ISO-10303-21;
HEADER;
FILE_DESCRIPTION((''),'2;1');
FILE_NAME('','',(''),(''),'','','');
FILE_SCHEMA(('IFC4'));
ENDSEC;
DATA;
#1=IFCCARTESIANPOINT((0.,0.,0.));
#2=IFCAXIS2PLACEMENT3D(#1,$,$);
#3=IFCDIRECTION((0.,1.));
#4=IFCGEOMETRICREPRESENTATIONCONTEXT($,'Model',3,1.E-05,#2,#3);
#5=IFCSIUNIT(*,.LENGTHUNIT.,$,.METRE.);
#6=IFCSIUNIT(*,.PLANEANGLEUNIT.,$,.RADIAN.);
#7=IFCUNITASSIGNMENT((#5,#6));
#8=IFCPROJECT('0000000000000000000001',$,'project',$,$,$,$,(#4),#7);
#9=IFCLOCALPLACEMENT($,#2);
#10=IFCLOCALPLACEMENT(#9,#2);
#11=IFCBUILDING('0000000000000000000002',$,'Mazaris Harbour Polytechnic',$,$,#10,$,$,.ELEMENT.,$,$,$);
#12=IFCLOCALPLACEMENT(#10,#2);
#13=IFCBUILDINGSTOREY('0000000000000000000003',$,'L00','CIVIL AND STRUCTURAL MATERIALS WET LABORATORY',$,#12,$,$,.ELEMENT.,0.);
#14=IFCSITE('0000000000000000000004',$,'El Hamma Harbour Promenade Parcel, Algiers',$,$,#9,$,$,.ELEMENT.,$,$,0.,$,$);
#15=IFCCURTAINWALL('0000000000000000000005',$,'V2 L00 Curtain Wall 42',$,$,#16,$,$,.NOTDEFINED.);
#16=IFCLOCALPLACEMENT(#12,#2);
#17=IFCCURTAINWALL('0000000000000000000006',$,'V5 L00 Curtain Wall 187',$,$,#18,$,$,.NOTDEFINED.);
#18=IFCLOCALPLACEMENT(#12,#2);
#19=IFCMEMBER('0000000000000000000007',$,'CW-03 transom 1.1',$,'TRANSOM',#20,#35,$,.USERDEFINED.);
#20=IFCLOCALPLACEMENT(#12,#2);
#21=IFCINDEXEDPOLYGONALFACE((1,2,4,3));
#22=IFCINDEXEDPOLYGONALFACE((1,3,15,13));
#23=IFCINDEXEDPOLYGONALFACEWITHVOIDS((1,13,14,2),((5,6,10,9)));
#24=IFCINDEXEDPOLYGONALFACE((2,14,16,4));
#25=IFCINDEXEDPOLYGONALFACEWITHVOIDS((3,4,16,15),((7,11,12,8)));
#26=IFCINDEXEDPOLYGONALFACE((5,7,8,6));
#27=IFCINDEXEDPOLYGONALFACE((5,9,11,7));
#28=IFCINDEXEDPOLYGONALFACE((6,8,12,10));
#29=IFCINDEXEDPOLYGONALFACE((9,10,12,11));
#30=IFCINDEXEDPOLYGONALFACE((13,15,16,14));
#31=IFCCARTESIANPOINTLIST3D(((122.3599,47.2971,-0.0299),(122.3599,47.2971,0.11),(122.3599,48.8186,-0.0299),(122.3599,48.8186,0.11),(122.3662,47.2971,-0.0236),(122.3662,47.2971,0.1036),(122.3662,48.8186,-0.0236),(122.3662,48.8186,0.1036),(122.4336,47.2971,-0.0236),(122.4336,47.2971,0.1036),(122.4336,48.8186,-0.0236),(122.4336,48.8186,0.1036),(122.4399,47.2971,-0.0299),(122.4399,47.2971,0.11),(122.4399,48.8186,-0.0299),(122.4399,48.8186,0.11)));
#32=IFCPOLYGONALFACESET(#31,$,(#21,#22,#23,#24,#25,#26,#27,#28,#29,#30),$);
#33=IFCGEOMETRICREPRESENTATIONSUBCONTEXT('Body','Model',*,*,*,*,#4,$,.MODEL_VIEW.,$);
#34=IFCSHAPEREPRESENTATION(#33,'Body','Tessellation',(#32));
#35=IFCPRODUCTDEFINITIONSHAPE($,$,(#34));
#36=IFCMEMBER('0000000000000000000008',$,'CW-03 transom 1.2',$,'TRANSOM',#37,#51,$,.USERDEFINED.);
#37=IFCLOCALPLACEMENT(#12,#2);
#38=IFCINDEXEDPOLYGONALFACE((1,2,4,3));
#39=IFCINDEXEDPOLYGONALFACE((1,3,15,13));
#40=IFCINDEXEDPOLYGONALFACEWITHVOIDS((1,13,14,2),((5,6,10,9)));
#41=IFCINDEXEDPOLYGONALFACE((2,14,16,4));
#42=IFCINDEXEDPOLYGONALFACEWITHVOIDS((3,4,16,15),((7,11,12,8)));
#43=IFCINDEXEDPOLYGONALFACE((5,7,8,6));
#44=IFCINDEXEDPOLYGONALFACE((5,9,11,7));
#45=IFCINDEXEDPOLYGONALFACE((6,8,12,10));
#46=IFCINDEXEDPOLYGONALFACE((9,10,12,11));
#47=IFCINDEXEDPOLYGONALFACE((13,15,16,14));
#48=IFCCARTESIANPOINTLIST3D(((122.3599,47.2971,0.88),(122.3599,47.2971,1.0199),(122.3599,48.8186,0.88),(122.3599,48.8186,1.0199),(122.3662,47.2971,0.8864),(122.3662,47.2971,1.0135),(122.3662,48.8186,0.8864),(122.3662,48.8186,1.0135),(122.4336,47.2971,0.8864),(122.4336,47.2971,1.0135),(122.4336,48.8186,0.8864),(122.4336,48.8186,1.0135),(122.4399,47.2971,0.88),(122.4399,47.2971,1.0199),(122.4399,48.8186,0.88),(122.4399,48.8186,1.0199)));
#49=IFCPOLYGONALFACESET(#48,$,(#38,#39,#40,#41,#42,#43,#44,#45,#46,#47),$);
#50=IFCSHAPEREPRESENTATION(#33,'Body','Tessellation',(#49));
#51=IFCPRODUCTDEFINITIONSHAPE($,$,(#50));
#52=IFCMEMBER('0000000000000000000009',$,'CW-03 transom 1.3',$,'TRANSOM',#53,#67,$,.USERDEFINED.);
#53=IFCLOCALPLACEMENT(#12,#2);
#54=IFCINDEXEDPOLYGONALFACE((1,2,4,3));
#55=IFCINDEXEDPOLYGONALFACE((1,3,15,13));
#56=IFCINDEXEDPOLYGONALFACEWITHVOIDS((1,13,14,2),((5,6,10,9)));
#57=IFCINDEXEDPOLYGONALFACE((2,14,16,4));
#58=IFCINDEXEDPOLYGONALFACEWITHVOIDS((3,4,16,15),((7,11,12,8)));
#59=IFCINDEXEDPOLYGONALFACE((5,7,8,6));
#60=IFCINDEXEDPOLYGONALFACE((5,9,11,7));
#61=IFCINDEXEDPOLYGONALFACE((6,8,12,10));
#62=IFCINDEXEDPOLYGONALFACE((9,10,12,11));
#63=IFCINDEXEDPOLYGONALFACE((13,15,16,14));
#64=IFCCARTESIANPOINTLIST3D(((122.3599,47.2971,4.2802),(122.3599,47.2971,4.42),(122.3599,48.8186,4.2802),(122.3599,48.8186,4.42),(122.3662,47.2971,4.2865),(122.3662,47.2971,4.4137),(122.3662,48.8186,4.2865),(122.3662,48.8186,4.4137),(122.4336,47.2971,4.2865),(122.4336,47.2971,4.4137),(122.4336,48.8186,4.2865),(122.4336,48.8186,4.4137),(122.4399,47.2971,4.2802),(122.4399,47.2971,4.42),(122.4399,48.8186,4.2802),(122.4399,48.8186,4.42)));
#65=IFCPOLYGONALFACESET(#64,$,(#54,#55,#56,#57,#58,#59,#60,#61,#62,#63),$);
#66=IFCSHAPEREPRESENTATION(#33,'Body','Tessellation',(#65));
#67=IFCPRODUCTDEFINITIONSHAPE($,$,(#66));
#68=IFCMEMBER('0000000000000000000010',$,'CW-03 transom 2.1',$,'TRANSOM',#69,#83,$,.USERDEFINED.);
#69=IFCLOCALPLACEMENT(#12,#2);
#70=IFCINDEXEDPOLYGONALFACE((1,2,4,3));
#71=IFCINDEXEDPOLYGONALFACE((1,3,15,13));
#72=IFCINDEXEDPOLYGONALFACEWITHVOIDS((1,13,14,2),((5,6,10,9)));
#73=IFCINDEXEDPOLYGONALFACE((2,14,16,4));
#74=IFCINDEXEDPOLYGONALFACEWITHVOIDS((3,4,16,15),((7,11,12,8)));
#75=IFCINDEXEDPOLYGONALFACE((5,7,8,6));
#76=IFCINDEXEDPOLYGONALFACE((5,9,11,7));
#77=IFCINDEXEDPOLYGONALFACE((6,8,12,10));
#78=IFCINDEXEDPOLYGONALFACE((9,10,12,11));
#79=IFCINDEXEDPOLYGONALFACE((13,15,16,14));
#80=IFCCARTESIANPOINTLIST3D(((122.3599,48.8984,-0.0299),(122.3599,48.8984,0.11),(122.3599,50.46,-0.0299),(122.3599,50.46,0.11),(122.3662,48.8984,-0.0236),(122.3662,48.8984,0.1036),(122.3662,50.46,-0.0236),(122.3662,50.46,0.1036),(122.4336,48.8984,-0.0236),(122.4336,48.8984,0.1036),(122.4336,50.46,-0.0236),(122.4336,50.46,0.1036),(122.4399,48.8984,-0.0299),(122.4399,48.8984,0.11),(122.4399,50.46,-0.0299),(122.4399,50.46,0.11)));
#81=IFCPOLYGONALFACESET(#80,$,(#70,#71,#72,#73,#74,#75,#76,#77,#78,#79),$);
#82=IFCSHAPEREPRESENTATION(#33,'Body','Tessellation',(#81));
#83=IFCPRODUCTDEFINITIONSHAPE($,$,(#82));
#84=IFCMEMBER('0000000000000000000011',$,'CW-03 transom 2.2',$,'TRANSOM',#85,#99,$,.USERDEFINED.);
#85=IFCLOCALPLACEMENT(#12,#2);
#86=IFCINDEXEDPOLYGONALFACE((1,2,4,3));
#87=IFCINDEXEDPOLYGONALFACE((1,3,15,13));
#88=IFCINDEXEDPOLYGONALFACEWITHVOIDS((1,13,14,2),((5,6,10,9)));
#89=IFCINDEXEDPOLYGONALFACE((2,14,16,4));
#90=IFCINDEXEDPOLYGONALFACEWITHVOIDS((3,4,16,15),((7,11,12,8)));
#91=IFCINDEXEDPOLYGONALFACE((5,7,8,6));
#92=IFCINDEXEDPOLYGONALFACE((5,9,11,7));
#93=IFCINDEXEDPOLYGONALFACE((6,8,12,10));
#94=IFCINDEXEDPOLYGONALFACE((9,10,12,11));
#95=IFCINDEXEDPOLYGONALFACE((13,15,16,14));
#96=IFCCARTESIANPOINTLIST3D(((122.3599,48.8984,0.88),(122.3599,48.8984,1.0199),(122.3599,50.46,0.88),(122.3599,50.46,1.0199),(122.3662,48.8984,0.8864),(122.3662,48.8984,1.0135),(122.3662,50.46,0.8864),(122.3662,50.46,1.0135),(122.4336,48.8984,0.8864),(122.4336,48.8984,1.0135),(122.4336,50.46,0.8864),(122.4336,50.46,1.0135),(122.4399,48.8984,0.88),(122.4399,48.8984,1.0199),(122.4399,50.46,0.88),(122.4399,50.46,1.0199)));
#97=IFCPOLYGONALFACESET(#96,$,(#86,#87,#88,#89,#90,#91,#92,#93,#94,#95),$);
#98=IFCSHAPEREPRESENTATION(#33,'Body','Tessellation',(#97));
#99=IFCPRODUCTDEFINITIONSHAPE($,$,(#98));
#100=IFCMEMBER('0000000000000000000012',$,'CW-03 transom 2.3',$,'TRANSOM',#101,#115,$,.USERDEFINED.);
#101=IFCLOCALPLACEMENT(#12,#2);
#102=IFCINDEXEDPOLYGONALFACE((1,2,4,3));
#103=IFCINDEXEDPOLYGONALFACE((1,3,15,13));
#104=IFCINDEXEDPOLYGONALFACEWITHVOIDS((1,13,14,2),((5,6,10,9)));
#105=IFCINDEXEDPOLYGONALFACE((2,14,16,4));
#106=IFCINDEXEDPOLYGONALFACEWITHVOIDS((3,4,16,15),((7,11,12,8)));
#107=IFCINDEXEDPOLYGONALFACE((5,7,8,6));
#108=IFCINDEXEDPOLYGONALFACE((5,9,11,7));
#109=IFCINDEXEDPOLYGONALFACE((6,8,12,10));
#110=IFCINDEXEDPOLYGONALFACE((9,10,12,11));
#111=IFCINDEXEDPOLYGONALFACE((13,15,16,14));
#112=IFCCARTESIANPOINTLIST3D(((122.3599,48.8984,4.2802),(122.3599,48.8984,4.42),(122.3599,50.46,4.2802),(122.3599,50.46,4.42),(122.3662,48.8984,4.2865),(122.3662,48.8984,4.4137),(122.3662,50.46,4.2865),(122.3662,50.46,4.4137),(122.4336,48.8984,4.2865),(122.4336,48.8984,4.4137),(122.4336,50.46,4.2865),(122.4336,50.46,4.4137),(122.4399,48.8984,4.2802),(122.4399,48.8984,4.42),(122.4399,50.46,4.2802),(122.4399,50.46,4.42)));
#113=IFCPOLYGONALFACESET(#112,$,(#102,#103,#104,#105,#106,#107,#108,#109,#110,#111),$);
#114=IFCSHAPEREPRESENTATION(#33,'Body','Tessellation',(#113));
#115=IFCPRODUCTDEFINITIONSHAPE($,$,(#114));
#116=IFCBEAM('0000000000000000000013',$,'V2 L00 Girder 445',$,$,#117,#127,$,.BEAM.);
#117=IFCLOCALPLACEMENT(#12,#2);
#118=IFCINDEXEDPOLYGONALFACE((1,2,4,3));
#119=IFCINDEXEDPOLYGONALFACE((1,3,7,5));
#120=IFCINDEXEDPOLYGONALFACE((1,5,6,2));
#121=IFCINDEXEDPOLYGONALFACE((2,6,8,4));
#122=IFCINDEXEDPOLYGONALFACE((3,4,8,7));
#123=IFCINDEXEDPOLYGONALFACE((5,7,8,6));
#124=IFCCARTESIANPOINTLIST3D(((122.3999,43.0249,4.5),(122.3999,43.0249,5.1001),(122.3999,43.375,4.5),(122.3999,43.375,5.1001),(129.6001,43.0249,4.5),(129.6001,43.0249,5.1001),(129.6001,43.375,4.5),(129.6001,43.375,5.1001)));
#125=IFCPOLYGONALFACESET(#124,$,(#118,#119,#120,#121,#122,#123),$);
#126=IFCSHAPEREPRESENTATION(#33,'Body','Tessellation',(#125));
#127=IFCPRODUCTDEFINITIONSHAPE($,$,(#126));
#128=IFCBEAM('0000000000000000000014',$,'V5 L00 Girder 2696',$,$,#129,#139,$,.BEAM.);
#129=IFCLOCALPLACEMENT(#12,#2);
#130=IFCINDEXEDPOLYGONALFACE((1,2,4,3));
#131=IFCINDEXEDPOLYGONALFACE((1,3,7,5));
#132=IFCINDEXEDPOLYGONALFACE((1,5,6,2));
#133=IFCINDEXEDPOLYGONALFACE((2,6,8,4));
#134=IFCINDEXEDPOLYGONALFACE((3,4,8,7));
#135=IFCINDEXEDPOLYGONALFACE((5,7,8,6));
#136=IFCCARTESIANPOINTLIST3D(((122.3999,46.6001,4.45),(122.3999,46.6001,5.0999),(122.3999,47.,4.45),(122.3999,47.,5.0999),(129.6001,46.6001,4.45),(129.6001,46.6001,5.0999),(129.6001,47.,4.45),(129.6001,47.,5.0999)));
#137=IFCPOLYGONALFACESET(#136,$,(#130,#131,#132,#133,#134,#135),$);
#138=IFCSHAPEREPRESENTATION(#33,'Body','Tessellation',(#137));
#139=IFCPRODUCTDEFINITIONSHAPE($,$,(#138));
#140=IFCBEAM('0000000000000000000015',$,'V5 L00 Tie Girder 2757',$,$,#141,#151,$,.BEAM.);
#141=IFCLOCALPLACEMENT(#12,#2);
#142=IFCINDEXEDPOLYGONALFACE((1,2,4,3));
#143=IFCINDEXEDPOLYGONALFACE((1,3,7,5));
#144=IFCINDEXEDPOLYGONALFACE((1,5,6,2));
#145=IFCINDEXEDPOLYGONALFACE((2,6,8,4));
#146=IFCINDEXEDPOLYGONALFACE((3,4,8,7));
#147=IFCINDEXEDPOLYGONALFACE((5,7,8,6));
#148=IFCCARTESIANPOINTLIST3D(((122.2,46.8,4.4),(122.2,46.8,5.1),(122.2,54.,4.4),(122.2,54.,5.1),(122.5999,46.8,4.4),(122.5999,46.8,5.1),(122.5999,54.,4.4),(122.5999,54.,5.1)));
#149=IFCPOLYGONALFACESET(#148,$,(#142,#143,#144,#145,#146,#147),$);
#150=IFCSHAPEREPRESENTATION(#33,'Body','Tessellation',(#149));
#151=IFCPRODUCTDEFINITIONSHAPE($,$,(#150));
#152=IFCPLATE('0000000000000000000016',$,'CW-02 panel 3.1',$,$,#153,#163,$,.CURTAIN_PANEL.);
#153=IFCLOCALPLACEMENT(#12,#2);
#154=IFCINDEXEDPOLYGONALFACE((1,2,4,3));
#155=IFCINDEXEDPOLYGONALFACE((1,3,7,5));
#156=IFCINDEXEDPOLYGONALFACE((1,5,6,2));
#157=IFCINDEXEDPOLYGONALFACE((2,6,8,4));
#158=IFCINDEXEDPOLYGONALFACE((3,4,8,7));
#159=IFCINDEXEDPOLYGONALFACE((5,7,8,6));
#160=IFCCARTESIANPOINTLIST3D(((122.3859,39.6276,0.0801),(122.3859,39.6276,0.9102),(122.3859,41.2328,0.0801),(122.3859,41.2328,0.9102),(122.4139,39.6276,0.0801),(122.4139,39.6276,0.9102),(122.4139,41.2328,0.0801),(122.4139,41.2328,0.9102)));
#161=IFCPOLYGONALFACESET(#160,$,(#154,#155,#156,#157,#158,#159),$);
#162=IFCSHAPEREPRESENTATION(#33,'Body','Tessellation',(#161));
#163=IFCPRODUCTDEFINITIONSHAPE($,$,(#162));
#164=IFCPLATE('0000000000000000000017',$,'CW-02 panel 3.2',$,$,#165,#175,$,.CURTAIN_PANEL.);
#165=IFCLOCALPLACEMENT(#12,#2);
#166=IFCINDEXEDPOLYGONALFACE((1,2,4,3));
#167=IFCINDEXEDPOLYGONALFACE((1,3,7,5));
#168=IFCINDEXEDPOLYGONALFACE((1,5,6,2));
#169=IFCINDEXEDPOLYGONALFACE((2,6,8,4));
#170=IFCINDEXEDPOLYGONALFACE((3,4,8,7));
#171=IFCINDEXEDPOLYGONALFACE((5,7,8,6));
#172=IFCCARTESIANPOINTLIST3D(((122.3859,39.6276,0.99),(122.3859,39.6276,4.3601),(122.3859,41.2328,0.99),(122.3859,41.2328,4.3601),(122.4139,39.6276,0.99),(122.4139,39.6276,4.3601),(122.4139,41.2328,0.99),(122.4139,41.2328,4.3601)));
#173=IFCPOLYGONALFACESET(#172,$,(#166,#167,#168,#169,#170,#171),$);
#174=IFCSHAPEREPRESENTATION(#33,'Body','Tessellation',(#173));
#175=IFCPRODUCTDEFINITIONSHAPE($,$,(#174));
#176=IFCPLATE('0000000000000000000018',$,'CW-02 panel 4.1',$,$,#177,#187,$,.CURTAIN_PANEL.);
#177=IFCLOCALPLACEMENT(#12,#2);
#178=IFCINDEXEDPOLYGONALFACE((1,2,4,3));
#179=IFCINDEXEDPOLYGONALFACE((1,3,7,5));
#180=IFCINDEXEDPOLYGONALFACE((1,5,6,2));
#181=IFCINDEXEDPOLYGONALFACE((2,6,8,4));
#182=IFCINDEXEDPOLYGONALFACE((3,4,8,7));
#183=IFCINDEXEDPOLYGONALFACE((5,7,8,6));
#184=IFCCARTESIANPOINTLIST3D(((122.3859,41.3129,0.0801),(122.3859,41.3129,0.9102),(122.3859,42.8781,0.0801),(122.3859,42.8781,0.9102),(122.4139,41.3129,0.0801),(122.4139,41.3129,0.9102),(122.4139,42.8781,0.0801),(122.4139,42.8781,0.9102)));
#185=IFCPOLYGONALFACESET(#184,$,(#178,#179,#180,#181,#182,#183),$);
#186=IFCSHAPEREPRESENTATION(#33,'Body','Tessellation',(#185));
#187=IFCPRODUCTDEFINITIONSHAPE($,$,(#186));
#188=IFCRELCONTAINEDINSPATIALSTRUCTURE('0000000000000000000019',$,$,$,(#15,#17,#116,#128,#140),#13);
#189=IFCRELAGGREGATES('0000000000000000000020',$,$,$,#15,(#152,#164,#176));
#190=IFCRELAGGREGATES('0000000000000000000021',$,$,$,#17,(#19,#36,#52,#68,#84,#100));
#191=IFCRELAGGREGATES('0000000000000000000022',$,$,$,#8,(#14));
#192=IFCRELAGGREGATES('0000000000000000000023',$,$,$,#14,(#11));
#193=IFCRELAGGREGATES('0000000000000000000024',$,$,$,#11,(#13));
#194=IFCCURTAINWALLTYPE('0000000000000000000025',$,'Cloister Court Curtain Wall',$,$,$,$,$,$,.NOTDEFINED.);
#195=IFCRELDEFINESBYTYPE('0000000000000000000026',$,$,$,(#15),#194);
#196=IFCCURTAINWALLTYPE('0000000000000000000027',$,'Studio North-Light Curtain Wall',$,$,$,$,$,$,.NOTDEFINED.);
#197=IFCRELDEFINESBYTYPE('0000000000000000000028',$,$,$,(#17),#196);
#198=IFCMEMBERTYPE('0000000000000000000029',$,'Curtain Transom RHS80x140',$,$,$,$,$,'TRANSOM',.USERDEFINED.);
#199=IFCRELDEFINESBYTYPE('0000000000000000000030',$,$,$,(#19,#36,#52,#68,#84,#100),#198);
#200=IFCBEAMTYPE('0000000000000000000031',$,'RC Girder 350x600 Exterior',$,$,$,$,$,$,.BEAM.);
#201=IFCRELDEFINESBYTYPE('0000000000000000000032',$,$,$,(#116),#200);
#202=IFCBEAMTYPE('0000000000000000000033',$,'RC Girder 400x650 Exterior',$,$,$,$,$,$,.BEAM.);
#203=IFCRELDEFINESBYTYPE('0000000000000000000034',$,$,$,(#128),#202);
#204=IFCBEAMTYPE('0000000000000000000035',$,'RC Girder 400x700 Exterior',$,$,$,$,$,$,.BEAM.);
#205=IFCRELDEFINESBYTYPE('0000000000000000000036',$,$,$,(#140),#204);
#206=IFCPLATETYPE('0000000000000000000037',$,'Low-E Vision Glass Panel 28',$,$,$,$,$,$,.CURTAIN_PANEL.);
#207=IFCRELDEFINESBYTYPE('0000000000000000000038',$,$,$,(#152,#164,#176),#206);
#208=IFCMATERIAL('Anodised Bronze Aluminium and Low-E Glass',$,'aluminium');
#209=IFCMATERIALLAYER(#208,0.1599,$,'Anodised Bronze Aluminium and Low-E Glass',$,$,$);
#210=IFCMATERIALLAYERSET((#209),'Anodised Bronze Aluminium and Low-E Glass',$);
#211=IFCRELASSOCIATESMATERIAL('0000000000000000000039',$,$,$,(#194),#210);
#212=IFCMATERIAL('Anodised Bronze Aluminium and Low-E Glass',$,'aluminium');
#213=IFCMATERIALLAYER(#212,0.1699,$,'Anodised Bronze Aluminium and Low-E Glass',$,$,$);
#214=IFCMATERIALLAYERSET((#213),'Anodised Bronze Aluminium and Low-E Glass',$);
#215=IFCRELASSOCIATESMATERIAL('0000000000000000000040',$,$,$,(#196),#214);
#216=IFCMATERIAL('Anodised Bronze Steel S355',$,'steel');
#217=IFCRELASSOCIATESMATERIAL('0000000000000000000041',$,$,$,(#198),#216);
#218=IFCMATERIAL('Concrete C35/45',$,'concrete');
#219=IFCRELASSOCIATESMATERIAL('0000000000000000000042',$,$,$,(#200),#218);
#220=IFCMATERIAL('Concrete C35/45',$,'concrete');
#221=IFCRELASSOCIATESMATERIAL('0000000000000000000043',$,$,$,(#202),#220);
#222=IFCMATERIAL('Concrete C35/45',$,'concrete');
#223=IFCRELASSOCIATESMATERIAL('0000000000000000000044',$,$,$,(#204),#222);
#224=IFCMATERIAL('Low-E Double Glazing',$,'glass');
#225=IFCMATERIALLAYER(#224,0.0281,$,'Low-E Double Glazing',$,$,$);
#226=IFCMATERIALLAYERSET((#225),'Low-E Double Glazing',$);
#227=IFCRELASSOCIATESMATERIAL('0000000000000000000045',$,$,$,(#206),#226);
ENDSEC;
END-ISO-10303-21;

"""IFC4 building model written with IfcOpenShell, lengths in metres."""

from ifc_helpers import new_model, si_unit, direction, frame, origin, origin_2d, place, context, subcontext, project, spatial, rectangle, hollow_rectangle, extrude, material, layer, layer_set, material_profile, profile_set, type_object, element, aggregate, save


model = new_model("IFC4")

# Units and contexts
model_context = context("Model", 3, precision=1e-05, world=origin(), true_north=direction((0.0, 1.0)))
body_context = subcontext(model_context, "Body", "Model", "MODEL_VIEW")
ifc_project = project(units=[si_unit("LENGTHUNIT", "METRE"), si_unit("PLANEANGLEUNIT", "RADIAN")], contexts=[model_context])

# Site, building, storey
site_placement = place(None, origin())
site = spatial("IfcSite", under=ifc_project, at=site_placement, Name="El Hamma Harbour Promenade Parcel, Algiers", CompositionType="ELEMENT", RefElevation=0.0)
building_placement = place(site_placement, origin())
building = spatial("IfcBuilding", under=site, at=building_placement, Name="Mazaris Harbour Polytechnic", CompositionType="ELEMENT")
storey_placement = place(building_placement, origin())
storey = spatial("IfcBuildingStorey", under=building, at=storey_placement, Name="L00", Description="CIVIL AND STRUCTURAL MATERIALS WET LABORATORY", CompositionType="ELEMENT", Elevation=0.0)

# Curtain walls
ifc_material_1 = material(Name="Anodised Bronze Aluminium and Low-E Glass", Category="aluminium")
ifc_layer_1 = layer(ifc_material_1, 0.1599, Name="Anodised Bronze Aluminium and Low-E Glass")
ifc_layer_set_1 = layer_set([ifc_layer_1], Name="Anodised Bronze Aluminium and Low-E Glass")
curtain_wall_type_1 = type_object("IfcCurtainWallType", Name="Cloister Court Curtain Wall", PredefinedType="NOTDEFINED", material=ifc_layer_set_1)
curtain_wall_1_placement = place(storey_placement, origin())
curtain_wall_1 = element("IfcCurtainWall", 1, at=curtain_wall_1_placement, inside=storey, type_object=curtain_wall_type_1, Name="V2 L00 Curtain Wall 42", PredefinedType="NOTDEFINED")
ifc_material_2 = material(Name="Anodised Bronze Aluminium and Low-E Glass", Category="aluminium")
ifc_layer_2 = layer(ifc_material_2, 0.1699, Name="Anodised Bronze Aluminium and Low-E Glass")
ifc_layer_set_2 = layer_set([ifc_layer_2], Name="Anodised Bronze Aluminium and Low-E Glass")
curtain_wall_type_2 = type_object("IfcCurtainWallType", Name="Studio North-Light Curtain Wall", PredefinedType="NOTDEFINED", material=ifc_layer_set_2)
curtain_wall_2_placement = place(storey_placement, origin())
curtain_wall_2 = element("IfcCurtainWall", 2, at=curtain_wall_2_placement, inside=storey, type_object=curtain_wall_type_2, Name="V5 L00 Curtain Wall 187", PredefinedType="NOTDEFINED")

# Members
ifc_material_3 = material(Name="Anodised Bronze Steel S355", Category="steel")
ifc_material_profile_1 = material_profile(ifc_material_3, hollow_rectangle(XDim=0.0801, YDim=0.1399, WallThickness=0.0063, at=origin_2d()), Name="RHS 80x140x6.3")
ifc_profile_set_1 = profile_set([ifc_material_profile_1], Name="Anodised Bronze Steel S355")
member_type_1 = type_object("IfcMemberType", Name="Curtain Transom RHS80x140", ElementType="TRANSOM", PredefinedType="USERDEFINED", material=ifc_profile_set_1)
member_1_placement = place(storey_placement, frame((122.3999, 47.2971, 0.04), z_axis=(0.0, 1.0, 0.0), x_axis=(-1.0, 0.0, 0.0)))
member_1 = element("IfcMember", 3, at=member_1_placement, type_object=member_type_1, Name="CW-03 transom 1.1", ObjectType="TRANSOM", PredefinedType="USERDEFINED", context=body_context, shape_type="SweptSolid", body=[
    extrude(hollow_rectangle(XDim=0.0801, YDim=0.1399, WallThickness=0.0063, at=origin_2d()), origin(), (0.0, 0.0, 1.0), 1.5215),
])
member_2_placement = place(storey_placement, frame((122.3999, 47.2971, 0.95), z_axis=(0.0, 1.0, 0.0), x_axis=(-1.0, 0.0, 0.0)))
member_2 = element("IfcMember", 4, at=member_2_placement, type_object=member_type_1, Name="CW-03 transom 1.2", ObjectType="TRANSOM", PredefinedType="USERDEFINED", context=body_context, shape_type="SweptSolid", body=[
    extrude(hollow_rectangle(XDim=0.0801, YDim=0.1399, WallThickness=0.0063, at=origin_2d()), origin(), (0.0, 0.0, 1.0), 1.5215),
])
member_3_placement = place(storey_placement, frame((122.3999, 47.2971, 4.3501), z_axis=(0.0, 1.0, 0.0), x_axis=(-1.0, 0.0, 0.0)))
member_3 = element("IfcMember", 5, at=member_3_placement, type_object=member_type_1, Name="CW-03 transom 1.3", ObjectType="TRANSOM", PredefinedType="USERDEFINED", context=body_context, shape_type="SweptSolid", body=[
    extrude(hollow_rectangle(XDim=0.0801, YDim=0.1399, WallThickness=0.0063, at=origin_2d()), origin(), (0.0, 0.0, 1.0), 1.5215),
])
member_4_placement = place(storey_placement, frame((122.3999, 48.8984, 0.04), z_axis=(0.0, 1.0, 0.0), x_axis=(-1.0, 0.0, 0.0)))
member_4 = element("IfcMember", 6, at=member_4_placement, type_object=member_type_1, Name="CW-03 transom 2.1", ObjectType="TRANSOM", PredefinedType="USERDEFINED", context=body_context, shape_type="SweptSolid", body=[
    extrude(hollow_rectangle(XDim=0.0801, YDim=0.1399, WallThickness=0.0063, at=origin_2d()), origin(), (0.0, 0.0, 1.0), 1.5615),
])
member_5_placement = place(storey_placement, frame((122.3999, 48.8984, 0.95), z_axis=(0.0, 1.0, 0.0), x_axis=(-1.0, 0.0, 0.0)))
member_5 = element("IfcMember", 7, at=member_5_placement, type_object=member_type_1, Name="CW-03 transom 2.2", ObjectType="TRANSOM", PredefinedType="USERDEFINED", context=body_context, shape_type="SweptSolid", body=[
    extrude(hollow_rectangle(XDim=0.0801, YDim=0.1399, WallThickness=0.0063, at=origin_2d()), origin(), (0.0, 0.0, 1.0), 1.5615),
])
member_6_placement = place(storey_placement, frame((122.3999, 48.8984, 4.3501), z_axis=(0.0, 1.0, 0.0), x_axis=(-1.0, 0.0, 0.0)))
member_6 = element("IfcMember", 8, at=member_6_placement, type_object=member_type_1, Name="CW-03 transom 2.3", ObjectType="TRANSOM", PredefinedType="USERDEFINED", context=body_context, shape_type="SweptSolid", body=[
    extrude(hollow_rectangle(XDim=0.0801, YDim=0.1399, WallThickness=0.0063, at=origin_2d()), origin(), (0.0, 0.0, 1.0), 1.5615),
])

# Beams
ifc_material_4 = material(Name="Concrete C35/45", Category="concrete")
ifc_material_profile_2 = material_profile(ifc_material_4, rectangle(XDim=0.3501, YDim=0.6001, at=origin_2d()), Name="RECT350x600")
ifc_profile_set_2 = profile_set([ifc_material_profile_2], Name="Concrete C35/45")
beam_type_1 = type_object("IfcBeamType", Name="RC Girder 350x600 Exterior", PredefinedType="BEAM", material=ifc_profile_set_2)
beam_1_placement = place(storey_placement, frame((122.3999, 43.2, 4.8), z_axis=(1.0, 0.0, 0.0), x_axis=(0.0, 1.0, 0.0)))
element("IfcBeam", 9, at=beam_1_placement, inside=storey, type_object=beam_type_1, Name="V2 L00 Girder 445", PredefinedType="BEAM", context=body_context, shape_type="SweptSolid", body=[
    extrude(rectangle(XDim=0.3501, YDim=0.6001, at=origin_2d()), origin(), (0.0, 0.0, 1.0), 7.2002),
])
ifc_material_5 = material(Name="Concrete C35/45", Category="concrete")
ifc_material_profile_3 = material_profile(ifc_material_5, rectangle(XDim=0.3999, YDim=0.6499, at=origin_2d()), Name="RECT400x650")
ifc_profile_set_3 = profile_set([ifc_material_profile_3], Name="Concrete C35/45")
beam_type_2 = type_object("IfcBeamType", Name="RC Girder 400x650 Exterior", PredefinedType="BEAM", material=ifc_profile_set_3)
beam_2_placement = place(storey_placement, frame((122.3999, 46.8, 4.7749), z_axis=(1.0, 0.0, 0.0), x_axis=(0.0, 1.0, 0.0)))
element("IfcBeam", 10, at=beam_2_placement, inside=storey, type_object=beam_type_2, Name="V5 L00 Girder 2696", PredefinedType="BEAM", context=body_context, shape_type="SweptSolid", body=[
    extrude(rectangle(XDim=0.3999, YDim=0.6499, at=origin_2d()), origin(), (0.0, 0.0, 1.0), 7.2002),
])
ifc_material_6 = material(Name="Concrete C35/45", Category="concrete")
ifc_material_profile_4 = material_profile(ifc_material_6, rectangle(XDim=0.3999, YDim=0.7, at=origin_2d()), Name="RECT400x700")
ifc_profile_set_4 = profile_set([ifc_material_profile_4], Name="Concrete C35/45")
beam_type_3 = type_object("IfcBeamType", Name="RC Girder 400x700 Exterior", PredefinedType="BEAM", material=ifc_profile_set_4)
beam_3_placement = place(storey_placement, frame((122.3999, 46.8, 4.75), z_axis=(0.0, 1.0, 0.0), x_axis=(-1.0, 0.0, 0.0)))
element("IfcBeam", 11, at=beam_3_placement, inside=storey, type_object=beam_type_3, Name="V5 L00 Tie Girder 2757", PredefinedType="BEAM", context=body_context, shape_type="SweptSolid", body=[
    extrude(rectangle(XDim=0.3999, YDim=0.7, at=origin_2d()), origin(), (0.0, 0.0, 1.0), 7.2),
])

# Plates
ifc_material_7 = material(Name="Low-E Double Glazing", Category="glass")
ifc_layer_3 = layer(ifc_material_7, 0.0281, Name="Low-E Double Glazing")
ifc_layer_set_3 = layer_set([ifc_layer_3], Name="Low-E Double Glazing")
plate_type_1 = type_object("IfcPlateType", Name="Low-E Vision Glass Panel 28", PredefinedType="CURTAIN_PANEL", material=ifc_layer_set_3)
plate_1_placement = place(storey_placement, frame((122.3999, 40.4302, 0.0801), z_axis=(0.0, 0.0, 1.0), x_axis=(0.0, 1.0, 0.0)))
plate_1 = element("IfcPlate", 12, at=plate_1_placement, type_object=plate_type_1, Name="CW-02 panel 3.1", PredefinedType="CURTAIN_PANEL", context=body_context, shape_type="SweptSolid", body=[
    extrude(rectangle(XDim=1.6052, YDim=0.0281, at=origin_2d()), origin(), (0.0, 0.0, 1.0), 0.8301),
])
plate_2_placement = place(storey_placement, frame((122.3999, 40.4302, 0.99), z_axis=(0.0, 0.0, 1.0), x_axis=(0.0, 1.0, 0.0)))
plate_2 = element("IfcPlate", 13, at=plate_2_placement, type_object=plate_type_1, Name="CW-02 panel 3.2", PredefinedType="CURTAIN_PANEL", context=body_context, shape_type="SweptSolid", body=[
    extrude(rectangle(XDim=1.6052, YDim=0.0281, at=origin_2d()), origin(), (0.0, 0.0, 1.0), 3.3701),
])
plate_3_placement = place(storey_placement, frame((122.3999, 42.0955, 0.0801), z_axis=(0.0, 0.0, 1.0), x_axis=(0.0, 1.0, 0.0)))
plate_3 = element("IfcPlate", 14, at=plate_3_placement, type_object=plate_type_1, Name="CW-02 panel 4.1", PredefinedType="CURTAIN_PANEL", context=body_context, shape_type="SweptSolid", body=[
    extrude(rectangle(XDim=1.5652, YDim=0.0281, at=origin_2d()), origin(), (0.0, 0.0, 1.0), 0.8301),
])
aggregate(curtain_wall_1, [plate_1, plate_2, plate_3])
aggregate(curtain_wall_2, [member_1, member_2, member_3, member_4, member_5, member_6])

save(model, "model.ifc")
